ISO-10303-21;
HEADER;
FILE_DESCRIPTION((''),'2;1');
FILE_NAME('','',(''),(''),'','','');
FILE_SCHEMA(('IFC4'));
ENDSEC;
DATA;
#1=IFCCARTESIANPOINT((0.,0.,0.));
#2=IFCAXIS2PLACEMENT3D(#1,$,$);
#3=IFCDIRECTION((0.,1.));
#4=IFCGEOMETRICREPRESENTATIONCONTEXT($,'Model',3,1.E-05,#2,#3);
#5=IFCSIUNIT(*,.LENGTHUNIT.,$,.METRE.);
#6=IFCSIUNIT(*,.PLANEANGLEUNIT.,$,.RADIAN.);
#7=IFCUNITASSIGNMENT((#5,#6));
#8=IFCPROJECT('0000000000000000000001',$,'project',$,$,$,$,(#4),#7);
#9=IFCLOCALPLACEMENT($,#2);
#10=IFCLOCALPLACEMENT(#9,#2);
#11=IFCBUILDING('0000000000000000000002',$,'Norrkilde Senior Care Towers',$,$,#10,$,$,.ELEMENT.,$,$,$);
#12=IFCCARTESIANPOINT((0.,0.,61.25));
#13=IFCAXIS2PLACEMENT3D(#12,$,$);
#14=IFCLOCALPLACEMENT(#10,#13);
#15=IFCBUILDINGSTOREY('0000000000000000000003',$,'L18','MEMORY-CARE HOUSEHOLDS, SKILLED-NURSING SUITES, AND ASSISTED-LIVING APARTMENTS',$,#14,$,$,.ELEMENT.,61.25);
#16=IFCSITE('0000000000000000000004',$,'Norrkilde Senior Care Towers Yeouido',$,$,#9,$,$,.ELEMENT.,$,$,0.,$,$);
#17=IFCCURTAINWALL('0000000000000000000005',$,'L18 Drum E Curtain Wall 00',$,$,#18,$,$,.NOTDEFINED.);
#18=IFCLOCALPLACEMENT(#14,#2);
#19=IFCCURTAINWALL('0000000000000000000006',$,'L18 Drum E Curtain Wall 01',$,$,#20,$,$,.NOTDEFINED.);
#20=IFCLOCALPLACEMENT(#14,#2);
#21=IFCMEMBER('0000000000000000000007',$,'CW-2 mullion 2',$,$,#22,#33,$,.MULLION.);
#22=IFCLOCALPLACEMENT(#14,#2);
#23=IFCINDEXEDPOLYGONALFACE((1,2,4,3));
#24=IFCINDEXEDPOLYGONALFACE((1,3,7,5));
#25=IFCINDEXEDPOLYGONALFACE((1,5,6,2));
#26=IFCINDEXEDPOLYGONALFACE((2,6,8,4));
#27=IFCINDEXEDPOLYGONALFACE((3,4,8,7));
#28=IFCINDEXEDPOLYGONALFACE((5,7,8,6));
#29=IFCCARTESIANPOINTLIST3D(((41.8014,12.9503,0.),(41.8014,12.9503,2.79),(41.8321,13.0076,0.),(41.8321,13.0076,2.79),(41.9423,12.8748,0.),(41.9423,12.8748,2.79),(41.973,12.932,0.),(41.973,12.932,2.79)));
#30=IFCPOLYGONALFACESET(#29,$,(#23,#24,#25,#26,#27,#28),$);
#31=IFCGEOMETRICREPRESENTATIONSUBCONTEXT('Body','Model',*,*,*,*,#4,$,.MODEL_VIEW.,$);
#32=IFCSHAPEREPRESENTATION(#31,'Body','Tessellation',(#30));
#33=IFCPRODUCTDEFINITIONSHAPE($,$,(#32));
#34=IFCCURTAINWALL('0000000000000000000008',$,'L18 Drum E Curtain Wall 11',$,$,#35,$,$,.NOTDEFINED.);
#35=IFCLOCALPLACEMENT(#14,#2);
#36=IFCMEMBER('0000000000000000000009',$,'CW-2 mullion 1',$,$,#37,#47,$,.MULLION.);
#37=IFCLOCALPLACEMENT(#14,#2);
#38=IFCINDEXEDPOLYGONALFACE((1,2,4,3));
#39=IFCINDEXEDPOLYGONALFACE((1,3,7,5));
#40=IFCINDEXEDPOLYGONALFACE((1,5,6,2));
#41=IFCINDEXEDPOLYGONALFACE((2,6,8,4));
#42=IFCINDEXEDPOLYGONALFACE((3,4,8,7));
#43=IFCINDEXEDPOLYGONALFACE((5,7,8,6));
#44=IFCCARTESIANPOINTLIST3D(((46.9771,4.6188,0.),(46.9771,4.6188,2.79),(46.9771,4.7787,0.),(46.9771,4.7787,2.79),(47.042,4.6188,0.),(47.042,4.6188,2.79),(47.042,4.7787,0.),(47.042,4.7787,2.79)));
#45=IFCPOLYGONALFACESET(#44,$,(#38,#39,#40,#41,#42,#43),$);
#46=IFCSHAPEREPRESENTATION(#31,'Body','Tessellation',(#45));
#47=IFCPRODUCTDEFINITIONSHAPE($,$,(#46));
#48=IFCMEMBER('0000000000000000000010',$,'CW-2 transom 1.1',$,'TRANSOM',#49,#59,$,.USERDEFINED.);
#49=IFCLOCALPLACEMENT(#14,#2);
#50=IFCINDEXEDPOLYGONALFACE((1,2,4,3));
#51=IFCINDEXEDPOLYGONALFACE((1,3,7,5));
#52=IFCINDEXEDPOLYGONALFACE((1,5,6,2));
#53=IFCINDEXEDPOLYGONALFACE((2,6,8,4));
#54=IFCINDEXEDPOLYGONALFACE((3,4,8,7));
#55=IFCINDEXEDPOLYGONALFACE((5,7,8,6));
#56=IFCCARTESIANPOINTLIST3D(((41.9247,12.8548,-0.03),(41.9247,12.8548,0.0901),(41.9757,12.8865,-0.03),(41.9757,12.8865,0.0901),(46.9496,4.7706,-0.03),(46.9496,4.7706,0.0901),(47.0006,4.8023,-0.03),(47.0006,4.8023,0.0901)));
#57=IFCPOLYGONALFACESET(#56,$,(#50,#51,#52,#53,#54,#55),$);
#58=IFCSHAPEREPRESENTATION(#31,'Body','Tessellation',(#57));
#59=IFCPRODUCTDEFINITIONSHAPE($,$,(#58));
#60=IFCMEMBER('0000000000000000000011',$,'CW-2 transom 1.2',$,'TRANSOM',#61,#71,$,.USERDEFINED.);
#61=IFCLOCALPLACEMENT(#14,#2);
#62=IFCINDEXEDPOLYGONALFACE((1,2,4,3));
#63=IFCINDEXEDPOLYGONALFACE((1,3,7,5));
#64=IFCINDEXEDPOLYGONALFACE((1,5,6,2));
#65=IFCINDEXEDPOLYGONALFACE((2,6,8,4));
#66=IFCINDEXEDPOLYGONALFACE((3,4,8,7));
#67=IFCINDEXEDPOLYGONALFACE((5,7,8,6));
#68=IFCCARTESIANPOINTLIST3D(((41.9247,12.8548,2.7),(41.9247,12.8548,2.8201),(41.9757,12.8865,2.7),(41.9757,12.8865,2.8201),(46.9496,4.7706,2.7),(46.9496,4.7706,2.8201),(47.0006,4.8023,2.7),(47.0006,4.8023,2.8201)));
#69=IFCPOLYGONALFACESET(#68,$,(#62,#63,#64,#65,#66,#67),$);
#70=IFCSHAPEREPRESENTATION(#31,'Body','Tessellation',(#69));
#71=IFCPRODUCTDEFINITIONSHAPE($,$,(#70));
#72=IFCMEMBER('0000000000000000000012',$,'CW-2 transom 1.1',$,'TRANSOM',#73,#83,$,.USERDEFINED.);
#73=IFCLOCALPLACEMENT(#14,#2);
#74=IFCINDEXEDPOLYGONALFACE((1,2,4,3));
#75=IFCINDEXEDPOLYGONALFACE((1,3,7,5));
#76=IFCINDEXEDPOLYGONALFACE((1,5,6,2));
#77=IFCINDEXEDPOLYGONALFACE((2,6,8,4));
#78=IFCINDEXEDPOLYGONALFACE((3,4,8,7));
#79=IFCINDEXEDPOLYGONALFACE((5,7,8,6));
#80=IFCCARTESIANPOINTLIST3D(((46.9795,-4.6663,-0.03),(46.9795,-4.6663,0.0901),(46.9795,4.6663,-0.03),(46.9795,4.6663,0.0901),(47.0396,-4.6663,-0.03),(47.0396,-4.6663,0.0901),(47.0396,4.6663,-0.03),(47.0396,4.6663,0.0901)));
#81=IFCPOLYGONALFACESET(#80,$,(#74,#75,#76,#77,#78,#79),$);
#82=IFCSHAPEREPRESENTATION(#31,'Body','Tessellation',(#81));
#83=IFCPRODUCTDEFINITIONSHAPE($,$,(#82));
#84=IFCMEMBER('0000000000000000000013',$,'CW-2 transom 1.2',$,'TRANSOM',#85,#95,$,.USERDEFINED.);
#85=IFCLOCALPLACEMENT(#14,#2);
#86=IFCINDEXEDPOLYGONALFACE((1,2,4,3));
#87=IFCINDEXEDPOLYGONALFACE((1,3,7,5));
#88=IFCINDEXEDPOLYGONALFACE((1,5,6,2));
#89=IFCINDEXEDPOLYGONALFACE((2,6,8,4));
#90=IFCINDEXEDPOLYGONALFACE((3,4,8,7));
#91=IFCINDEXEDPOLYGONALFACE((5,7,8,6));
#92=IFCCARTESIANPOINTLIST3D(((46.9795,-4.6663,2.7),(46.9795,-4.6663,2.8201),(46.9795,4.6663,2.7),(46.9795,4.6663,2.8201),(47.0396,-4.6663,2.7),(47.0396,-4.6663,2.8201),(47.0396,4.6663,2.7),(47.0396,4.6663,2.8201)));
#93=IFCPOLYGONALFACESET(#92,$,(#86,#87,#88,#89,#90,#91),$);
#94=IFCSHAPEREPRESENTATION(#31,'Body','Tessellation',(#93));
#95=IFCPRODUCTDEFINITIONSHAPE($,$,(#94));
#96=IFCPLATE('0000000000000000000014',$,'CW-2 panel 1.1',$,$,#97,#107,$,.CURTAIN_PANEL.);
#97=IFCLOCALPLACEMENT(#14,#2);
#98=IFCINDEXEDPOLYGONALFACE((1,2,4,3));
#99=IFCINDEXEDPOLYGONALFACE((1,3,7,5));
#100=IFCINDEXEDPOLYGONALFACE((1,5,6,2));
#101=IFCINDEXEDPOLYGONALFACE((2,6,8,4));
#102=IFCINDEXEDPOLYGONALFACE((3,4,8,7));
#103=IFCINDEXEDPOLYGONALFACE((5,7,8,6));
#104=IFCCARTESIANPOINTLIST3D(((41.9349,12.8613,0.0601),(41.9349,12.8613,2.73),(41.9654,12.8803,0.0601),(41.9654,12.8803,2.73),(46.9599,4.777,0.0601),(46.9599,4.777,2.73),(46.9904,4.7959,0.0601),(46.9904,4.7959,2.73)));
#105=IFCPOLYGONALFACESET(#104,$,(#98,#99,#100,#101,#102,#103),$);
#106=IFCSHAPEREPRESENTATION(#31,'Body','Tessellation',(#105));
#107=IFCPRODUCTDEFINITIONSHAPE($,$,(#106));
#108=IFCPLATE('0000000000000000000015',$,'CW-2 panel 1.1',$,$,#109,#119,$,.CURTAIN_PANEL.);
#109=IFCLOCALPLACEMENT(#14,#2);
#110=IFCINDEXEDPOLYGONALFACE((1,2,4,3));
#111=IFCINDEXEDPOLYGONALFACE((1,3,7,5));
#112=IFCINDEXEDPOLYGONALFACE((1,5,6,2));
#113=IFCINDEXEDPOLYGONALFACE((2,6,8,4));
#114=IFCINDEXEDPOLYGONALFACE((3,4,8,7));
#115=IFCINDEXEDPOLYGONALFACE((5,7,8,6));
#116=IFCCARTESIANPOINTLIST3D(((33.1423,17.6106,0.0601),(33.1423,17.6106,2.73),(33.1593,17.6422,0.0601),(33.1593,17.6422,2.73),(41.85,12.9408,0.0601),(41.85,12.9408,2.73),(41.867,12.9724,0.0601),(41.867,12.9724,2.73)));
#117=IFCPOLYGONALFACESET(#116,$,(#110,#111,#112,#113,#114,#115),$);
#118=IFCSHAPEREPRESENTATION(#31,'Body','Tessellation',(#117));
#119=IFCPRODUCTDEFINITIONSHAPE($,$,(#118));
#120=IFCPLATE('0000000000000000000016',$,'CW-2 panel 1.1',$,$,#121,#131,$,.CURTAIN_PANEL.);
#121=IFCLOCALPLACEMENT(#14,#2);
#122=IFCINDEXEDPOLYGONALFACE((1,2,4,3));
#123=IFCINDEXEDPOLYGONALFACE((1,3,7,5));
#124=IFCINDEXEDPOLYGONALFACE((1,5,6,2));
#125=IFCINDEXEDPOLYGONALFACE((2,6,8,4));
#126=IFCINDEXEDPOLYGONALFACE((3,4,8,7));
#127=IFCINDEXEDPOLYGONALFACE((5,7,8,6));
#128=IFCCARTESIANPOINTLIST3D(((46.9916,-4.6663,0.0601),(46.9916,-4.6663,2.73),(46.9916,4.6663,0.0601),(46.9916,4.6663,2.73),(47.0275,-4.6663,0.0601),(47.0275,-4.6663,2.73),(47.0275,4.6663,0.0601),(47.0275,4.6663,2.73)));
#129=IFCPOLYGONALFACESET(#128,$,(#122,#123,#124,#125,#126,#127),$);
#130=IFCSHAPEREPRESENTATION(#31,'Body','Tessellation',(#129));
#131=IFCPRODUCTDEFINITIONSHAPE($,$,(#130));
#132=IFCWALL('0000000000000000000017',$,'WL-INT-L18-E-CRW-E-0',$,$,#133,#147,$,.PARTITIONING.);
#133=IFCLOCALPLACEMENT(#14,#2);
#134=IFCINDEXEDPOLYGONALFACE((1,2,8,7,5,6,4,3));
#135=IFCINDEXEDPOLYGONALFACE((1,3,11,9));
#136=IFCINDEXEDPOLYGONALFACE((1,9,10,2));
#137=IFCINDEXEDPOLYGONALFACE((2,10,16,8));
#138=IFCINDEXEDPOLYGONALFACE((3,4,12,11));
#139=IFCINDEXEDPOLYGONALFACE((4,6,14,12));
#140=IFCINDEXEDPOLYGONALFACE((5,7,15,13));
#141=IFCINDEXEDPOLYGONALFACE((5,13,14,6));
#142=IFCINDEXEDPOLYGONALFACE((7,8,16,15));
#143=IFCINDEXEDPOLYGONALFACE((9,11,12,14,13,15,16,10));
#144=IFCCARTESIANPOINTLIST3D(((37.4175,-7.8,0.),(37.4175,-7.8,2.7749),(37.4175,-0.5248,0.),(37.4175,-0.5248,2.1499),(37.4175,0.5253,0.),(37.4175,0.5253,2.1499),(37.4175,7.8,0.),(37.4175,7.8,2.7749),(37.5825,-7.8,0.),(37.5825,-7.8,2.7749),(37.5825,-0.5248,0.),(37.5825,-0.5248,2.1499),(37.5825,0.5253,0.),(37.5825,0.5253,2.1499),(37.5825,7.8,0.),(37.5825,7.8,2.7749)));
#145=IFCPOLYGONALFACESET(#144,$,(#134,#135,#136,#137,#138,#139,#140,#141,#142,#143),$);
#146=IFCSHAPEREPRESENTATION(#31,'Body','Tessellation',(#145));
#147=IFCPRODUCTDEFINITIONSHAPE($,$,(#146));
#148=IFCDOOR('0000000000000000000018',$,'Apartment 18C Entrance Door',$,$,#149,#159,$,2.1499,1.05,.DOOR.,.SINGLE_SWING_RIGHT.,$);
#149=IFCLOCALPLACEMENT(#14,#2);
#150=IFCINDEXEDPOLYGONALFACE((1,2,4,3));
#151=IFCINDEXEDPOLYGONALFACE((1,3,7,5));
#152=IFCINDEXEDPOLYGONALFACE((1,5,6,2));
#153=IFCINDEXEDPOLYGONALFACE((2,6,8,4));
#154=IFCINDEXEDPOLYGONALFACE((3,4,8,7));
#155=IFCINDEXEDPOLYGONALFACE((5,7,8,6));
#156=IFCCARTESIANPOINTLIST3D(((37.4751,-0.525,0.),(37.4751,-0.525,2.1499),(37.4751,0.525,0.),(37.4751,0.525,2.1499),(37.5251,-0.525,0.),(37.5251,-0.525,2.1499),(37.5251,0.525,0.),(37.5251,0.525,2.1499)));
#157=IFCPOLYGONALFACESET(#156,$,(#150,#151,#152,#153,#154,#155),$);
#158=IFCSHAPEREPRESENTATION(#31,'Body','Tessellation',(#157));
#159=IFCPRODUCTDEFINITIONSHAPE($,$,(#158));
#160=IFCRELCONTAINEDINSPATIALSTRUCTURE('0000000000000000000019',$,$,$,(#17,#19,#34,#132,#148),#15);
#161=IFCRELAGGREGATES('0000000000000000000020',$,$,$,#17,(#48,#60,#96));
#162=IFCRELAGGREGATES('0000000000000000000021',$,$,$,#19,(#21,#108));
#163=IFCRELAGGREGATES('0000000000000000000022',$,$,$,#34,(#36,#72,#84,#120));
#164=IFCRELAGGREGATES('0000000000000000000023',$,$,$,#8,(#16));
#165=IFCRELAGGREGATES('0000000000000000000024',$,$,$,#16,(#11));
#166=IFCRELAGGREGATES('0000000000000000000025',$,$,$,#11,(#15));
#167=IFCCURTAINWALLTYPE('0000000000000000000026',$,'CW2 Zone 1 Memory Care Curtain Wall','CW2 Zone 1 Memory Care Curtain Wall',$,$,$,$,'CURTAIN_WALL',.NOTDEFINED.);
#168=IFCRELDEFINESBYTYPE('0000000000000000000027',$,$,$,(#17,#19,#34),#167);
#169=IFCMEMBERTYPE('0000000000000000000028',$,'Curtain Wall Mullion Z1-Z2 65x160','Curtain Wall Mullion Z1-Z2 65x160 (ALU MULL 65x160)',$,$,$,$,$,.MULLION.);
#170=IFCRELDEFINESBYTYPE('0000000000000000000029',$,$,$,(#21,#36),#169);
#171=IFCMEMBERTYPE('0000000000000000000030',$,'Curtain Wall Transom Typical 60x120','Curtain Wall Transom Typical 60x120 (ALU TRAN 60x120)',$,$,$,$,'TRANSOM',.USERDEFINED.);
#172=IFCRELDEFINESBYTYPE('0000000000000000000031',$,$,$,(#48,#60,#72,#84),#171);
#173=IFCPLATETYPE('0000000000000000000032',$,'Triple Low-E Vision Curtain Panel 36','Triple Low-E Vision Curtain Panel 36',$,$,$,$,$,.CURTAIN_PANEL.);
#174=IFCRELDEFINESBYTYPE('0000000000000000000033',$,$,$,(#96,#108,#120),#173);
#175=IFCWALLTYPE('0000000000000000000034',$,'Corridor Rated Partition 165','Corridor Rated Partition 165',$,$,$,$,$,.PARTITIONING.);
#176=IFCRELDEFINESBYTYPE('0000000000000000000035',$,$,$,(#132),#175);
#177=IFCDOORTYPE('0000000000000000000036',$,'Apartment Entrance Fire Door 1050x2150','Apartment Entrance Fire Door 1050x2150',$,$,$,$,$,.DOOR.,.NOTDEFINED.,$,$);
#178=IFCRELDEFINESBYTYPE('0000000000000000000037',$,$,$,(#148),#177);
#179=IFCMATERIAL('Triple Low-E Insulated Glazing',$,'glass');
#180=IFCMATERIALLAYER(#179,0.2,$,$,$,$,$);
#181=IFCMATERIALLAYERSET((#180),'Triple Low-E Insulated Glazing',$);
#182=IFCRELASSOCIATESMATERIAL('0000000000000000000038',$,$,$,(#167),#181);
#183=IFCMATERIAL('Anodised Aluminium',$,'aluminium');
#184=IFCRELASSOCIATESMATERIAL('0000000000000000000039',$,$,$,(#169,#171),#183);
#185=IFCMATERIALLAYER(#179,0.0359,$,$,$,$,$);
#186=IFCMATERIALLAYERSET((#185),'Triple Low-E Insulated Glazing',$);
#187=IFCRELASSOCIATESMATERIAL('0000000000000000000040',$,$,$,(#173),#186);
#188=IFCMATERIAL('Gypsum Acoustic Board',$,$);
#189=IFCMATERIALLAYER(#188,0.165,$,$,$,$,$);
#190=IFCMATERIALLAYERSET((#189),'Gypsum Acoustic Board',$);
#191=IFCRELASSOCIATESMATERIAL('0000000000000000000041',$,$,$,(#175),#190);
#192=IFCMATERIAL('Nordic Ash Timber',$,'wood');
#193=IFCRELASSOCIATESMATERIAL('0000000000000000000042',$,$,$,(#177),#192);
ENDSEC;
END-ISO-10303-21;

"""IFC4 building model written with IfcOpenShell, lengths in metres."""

from ifc_helpers import new_model, si_unit, direction, frame, frame_2d, origin, origin_2d, place, context, subcontext, project, spatial, rectangle, extrude, source, transform, mapped, material, layer, layer_set, material_profile, profile_set, type_object, type_shapes, element, fill, aggregate, save


model = new_model("IFC4")

# Units and contexts
model_context = context("Model", 3, precision=1e-05, world=origin(), true_north=direction((0.0, 1.0)))
body_context = subcontext(model_context, "Body", "Model", "MODEL_VIEW")
ifc_project = project(units=[si_unit("LENGTHUNIT", "METRE"), si_unit("PLANEANGLEUNIT", "RADIAN")], contexts=[model_context])

# Site, building, storey
site_placement = place(None, origin())
site = spatial("IfcSite", under=ifc_project, at=site_placement, Name="Norrkilde Senior Care Towers Yeouido", CompositionType="ELEMENT", RefElevation=0.0)
building_placement = place(site_placement, origin())
building = spatial("IfcBuilding", under=site, at=building_placement, Name="Norrkilde Senior Care Towers", CompositionType="ELEMENT")
storey_placement = place(building_placement, frame((0.0, 0.0, 61.25)))
storey = spatial("IfcBuildingStorey", under=building, at=storey_placement, Name="L18", Description="MEMORY-CARE HOUSEHOLDS, SKILLED-NURSING SUITES, AND ASSISTED-LIVING APARTMENTS", CompositionType="ELEMENT", Elevation=61.25)

# Curtain wall
ifc_material_1 = material(Name="Triple Low-E Insulated Glazing", Category="glass")
ifc_layer_1 = layer(ifc_material_1, 0.2)
ifc_layer_set_1 = layer_set([ifc_layer_1], Name="Triple Low-E Insulated Glazing")
curtain_wall_type = type_object("IfcCurtainWallType", Name="CW2 Zone 1 Memory Care Curtain Wall", Description="CW2 Zone 1 Memory Care Curtain Wall", ElementType="CURTAIN_WALL", PredefinedType="NOTDEFINED", material=ifc_layer_set_1)
curtain_wall_1_placement = place(storey_placement, origin())
curtain_wall_1 = element("IfcCurtainWall", 1, at=curtain_wall_1_placement, inside=storey, type_object=curtain_wall_type, Name="L18 Drum E Curtain Wall 00", PredefinedType="NOTDEFINED")
ifc_material_2 = material(Name="Anodised Aluminium", Category="aluminium")
ifc_material_profile_1 = material_profile(ifc_material_2, rectangle(XDim=0.0649, YDim=0.1599, at=origin_2d()), Name="ALU MULL 65x160")
ifc_profile_set_1 = profile_set([ifc_material_profile_1], Name="Anodised Aluminium")
member_type_1 = type_object("IfcMemberType", Name="Curtain Wall Mullion Z1-Z2 65x160", Description="Curtain Wall Mullion Z1-Z2 65x160 (ALU MULL 65x160)", PredefinedType="MULLION", material=ifc_profile_set_1)
shared_shape_1 = source(origin(), body_context, "Body", "SweptSolid", [
    extrude(rectangle(XDim=0.0649, YDim=0.1599, at=origin_2d()), origin(), (0.0, 0.0, 1.0), 2.79),
])
type_shapes(member_type_1, [shared_shape_1])

# Curtain walls, members
curtain_wall_2_placement = place(storey_placement, origin())
curtain_wall_2 = element("IfcCurtainWall", 2, at=curtain_wall_2_placement, inside=storey, type_object=curtain_wall_type, Name="L18 Drum E Curtain Wall 01", PredefinedType="NOTDEFINED")
member_1_placement = place(storey_placement, frame((41.8872, 12.9412, 0.0), z_axis=(0.0, 0.0, 1.0), x_axis=(0.472608, 0.881273, 0.0)))
member_1 = element("IfcMember", 3, at=member_1_placement, type_object=member_type_1, Name="CW-2 mullion 2", PredefinedType="MULLION", context=body_context, shape_type="MappedRepresentation", body=[
    mapped(shared_shape_1, transform((0.0, 0.0, 0.0), x_axis=(1.0, 0.0, 0.0), y_axis=(0.0, 1.0, 0.0), z_axis=(0.0, 0.0, 1.0), scale=1.0)),
])
curtain_wall_3_placement = place(storey_placement, origin())
curtain_wall_3 = element("IfcCurtainWall", 4, at=curtain_wall_3_placement, inside=storey, type_object=curtain_wall_type, Name="L18 Drum E Curtain Wall 11", PredefinedType="NOTDEFINED")
member_2_placement = place(storey_placement, frame((47.0095, 4.6987, 0.0), z_axis=(0.0, 0.0, 1.0), x_axis=(1.0, 0.0, 0.0)))
member_2 = element("IfcMember", 5, at=member_2_placement, type_object=member_type_1, Name="CW-2 mullion 1", PredefinedType="MULLION", context=body_context, shape_type="MappedRepresentation", body=[
    mapped(shared_shape_1, transform((0.0, 0.0, 0.0), x_axis=(1.0, 0.0, 0.0), y_axis=(0.0, 1.0, 0.0), z_axis=(0.0, 0.0, 1.0), scale=1.0)),
])

# Members
ifc_material_profile_2 = material_profile(ifc_material_2, rectangle(XDim=0.0601, YDim=0.1201, at=origin_2d()), Name="ALU TRAN 60x120")
ifc_profile_set_2 = profile_set([ifc_material_profile_2], Name="Anodised Aluminium")
member_type_2 = type_object("IfcMemberType", Name="Curtain Wall Transom Typical 60x120", Description="Curtain Wall Transom Typical 60x120 (ALU TRAN 60x120)", ElementType="TRANSOM", PredefinedType="USERDEFINED", material=ifc_profile_set_2)
shared_shape_2 = source(origin(), body_context, "Body", "SweptSolid", [
    extrude(rectangle(XDim=0.0601, YDim=0.1201, at=origin_2d()), origin(), (0.0, 0.0, 1.0), 9.5186),
])
member_3_placement = place(storey_placement, frame((41.9502, 12.8706, 0.03), z_axis=(0.527902, -0.849306, 0.0), x_axis=(0.849306, 0.527902, 0.0)))
member_3 = element("IfcMember", 6, at=member_3_placement, type_object=member_type_2, Name="CW-2 transom 1.1", ObjectType="TRANSOM", PredefinedType="USERDEFINED", context=body_context, shape_type="MappedRepresentation", body=[
    mapped(shared_shape_2, transform((0.0, 0.0, 0.0), x_axis=(1.0, 0.0, 0.0), y_axis=(0.0, 1.0, 0.0), z_axis=(0.0, 0.0, 1.0), scale=1.0)),
])
member_4_placement = place(storey_placement, frame((41.9502, 12.8706, 2.76), z_axis=(0.527902, -0.849306, 0.0), x_axis=(0.849306, 0.527902, 0.0)))
member_4 = element("IfcMember", 7, at=member_4_placement, type_object=member_type_2, Name="CW-2 transom 1.2", ObjectType="TRANSOM", PredefinedType="USERDEFINED", context=body_context, shape_type="MappedRepresentation", body=[
    mapped(shared_shape_2, transform((0.0, 0.0, 0.0), x_axis=(1.0, 0.0, 0.0), y_axis=(0.0, 1.0, 0.0), z_axis=(0.0, 0.0, 1.0), scale=1.0)),
])
shared_shape_3 = source(origin(), body_context, "Body", "SweptSolid", [
    extrude(rectangle(XDim=0.0601, YDim=0.1201, at=origin_2d()), origin(), (0.0, 0.0, 1.0), 9.3325),
])
type_shapes(member_type_2, [shared_shape_2, shared_shape_3])
member_5_placement = place(storey_placement, frame((47.0095, 4.6663, 0.03), z_axis=(0.0, -1.0, 0.0), x_axis=(1.0, 0.0, 0.0)))
member_5 = element("IfcMember", 8, at=member_5_placement, type_object=member_type_2, Name="CW-2 transom 1.1", ObjectType="TRANSOM", PredefinedType="USERDEFINED", context=body_context, shape_type="MappedRepresentation", body=[
    mapped(shared_shape_3, transform((0.0, 0.0, 0.0), x_axis=(1.0, 0.0, 0.0), y_axis=(0.0, 1.0, 0.0), z_axis=(0.0, 0.0, 1.0), scale=1.0)),
])
member_6_placement = place(storey_placement, frame((47.0095, 4.6663, 2.76), z_axis=(0.0, -1.0, 0.0), x_axis=(1.0, 0.0, 0.0)))
member_6 = element("IfcMember", 9, at=member_6_placement, type_object=member_type_2, Name="CW-2 transom 1.2", ObjectType="TRANSOM", PredefinedType="USERDEFINED", context=body_context, shape_type="MappedRepresentation", body=[
    mapped(shared_shape_3, transform((0.0, 0.0, 0.0), x_axis=(1.0, 0.0, 0.0), y_axis=(0.0, 1.0, 0.0), z_axis=(0.0, 0.0, 1.0), scale=1.0)),
])

# Plates
ifc_layer_2 = layer(ifc_material_1, 0.0359)
ifc_layer_set_2 = layer_set([ifc_layer_2], Name="Triple Low-E Insulated Glazing")
plate_type = type_object("IfcPlateType", Name="Triple Low-E Vision Curtain Panel 36", Description="Triple Low-E Vision Curtain Panel 36", PredefinedType="CURTAIN_PANEL", material=ifc_layer_set_2)
shared_shape_4 = source(origin(), body_context, "Body", "SweptSolid", [
    extrude(rectangle(XDim=9.5188, YDim=0.0359, at=origin_2d()), origin(), (0.0, 0.0, 1.0), 2.6699),
])
plate_1_placement = place(storey_placement, frame((44.4626, 8.8286, 0.0601), z_axis=(0.0, 0.0, 1.0), x_axis=(0.527901, -0.849306, 0.0)))
plate_1 = element("IfcPlate", 10, at=plate_1_placement, type_object=plate_type, Name="CW-2 panel 1.1", PredefinedType="CURTAIN_PANEL", context=body_context, shape_type="MappedRepresentation", body=[
    mapped(shared_shape_4, transform((0.0, 0.0, 0.0), x_axis=(1.0, 0.0, 0.0), y_axis=(0.0, 1.0, 0.0), z_axis=(0.0, 0.0, 1.0), scale=1.0)),
])
aggregate(curtain_wall_1, [member_3, member_4, plate_1])
shared_shape_5 = source(origin(), body_context, "Body", "SweptSolid", [
    extrude(rectangle(XDim=9.8809, YDim=0.0359, at=origin_2d()), origin(), (0.0, 0.0, 1.0), 2.6699),
])
plate_2_placement = place(storey_placement, frame((37.5046, 15.2915, 0.0601), z_axis=(0.0, 0.0, 1.0), x_axis=(0.881273, -0.472608, 0.0)))
plate_2 = element("IfcPlate", 11, at=plate_2_placement, type_object=plate_type, Name="CW-2 panel 1.1", PredefinedType="CURTAIN_PANEL", context=body_context, shape_type="MappedRepresentation", body=[
    mapped(shared_shape_5, transform((0.0, 0.0, 0.0), x_axis=(1.0, 0.0, 0.0), y_axis=(0.0, 1.0, 0.0), z_axis=(0.0, 0.0, 1.0), scale=1.0)),
])
aggregate(curtain_wall_2, [member_1, plate_2])
shared_shape_6 = source(origin(), body_context, "Body", "SweptSolid", [
    extrude(rectangle(XDim=9.3325, YDim=0.0359, at=origin_2d()), origin(), (0.0, 0.0, 1.0), 2.6699),
])
type_shapes(plate_type, [shared_shape_4, shared_shape_5, shared_shape_6])
plate_3_placement = place(storey_placement, frame((47.0095, 0.0, 0.0601), z_axis=(0.0, 0.0, 1.0), x_axis=(0.0, -1.0, 0.0)))
plate_3 = element("IfcPlate", 12, at=plate_3_placement, type_object=plate_type, Name="CW-2 panel 1.1", PredefinedType="CURTAIN_PANEL", context=body_context, shape_type="MappedRepresentation", body=[
    mapped(shared_shape_6, transform((0.0, 0.0, 0.0), x_axis=(1.0, 0.0, 0.0), y_axis=(0.0, 1.0, 0.0), z_axis=(0.0, 0.0, 1.0), scale=1.0)),
])
aggregate(curtain_wall_3, [member_2, member_5, member_6, plate_3])

# Wall, opening, door
ifc_material_3 = material(Name="Gypsum Acoustic Board")
ifc_layer_3 = layer(ifc_material_3, 0.165)
ifc_layer_set_3 = layer_set([ifc_layer_3], Name="Gypsum Acoustic Board")
wall_type_1 = type_object("IfcWallType", Name="Corridor Rated Partition 165", Description="Corridor Rated Partition 165", PredefinedType="PARTITIONING", material=ifc_layer_set_3)
shared_shape_7 = source(origin(), body_context, "Body", "SweptSolid", [
    extrude(rectangle(XDim=15.6001, YDim=0.165, at=frame_2d((7.8, 0.0))), origin(), (0.0, 0.0, 1.0), 2.7749),
])
type_shapes(wall_type_1, [shared_shape_7])
wall_1_placement = place(storey_placement, frame((37.5, 7.8, 0.0), z_axis=(0.0, 0.0, 1.0), x_axis=(0.0, -1.0, 0.0)))
wall_1 = element("IfcWall", 13, at=wall_1_placement, inside=storey, type_object=wall_type_1, Name="WL-INT-L18-E-CRW-E-0", PredefinedType="PARTITIONING", context=body_context, shape_type="MappedRepresentation", body=[
    mapped(shared_shape_7, transform((0.0, 0.0, 0.0), x_axis=(1.0, 0.0, 0.0), y_axis=(0.0, 1.0, 0.0), z_axis=(0.0, 0.0, 1.0), scale=1.0)),
])
opening_1_placement = place(wall_1_placement, frame((7.2749, 0.0, 0.0)))
opening_1 = element("IfcOpeningElement", 14, at=opening_1_placement, cuts=wall_1, PredefinedType="OPENING", context=body_context, shape_type="SweptSolid", body=[
    extrude(rectangle(XDim=1.05, YDim=2.1499, at=frame_2d((0.5249, 1.075))), frame((0.0, 0.0925, 0.0), z_axis=(0.0, -1.0, 0.0), x_axis=(1.0, 0.0, 0.0)), (0.0, 0.0, 1.0), 0.1851),
])
ifc_material_4 = material(Name="Nordic Ash Timber", Category="wood")
door_type_1 = type_object("IfcDoorType", Name="Apartment Entrance Fire Door 1050x2150", Description="Apartment Entrance Fire Door 1050x2150", OperationType="NOTDEFINED", PredefinedType="DOOR", material=ifc_material_4)
shared_shape_8 = source(origin(), body_context, "Body", "SweptSolid", [
    extrude(rectangle(XDim=1.05, YDim=2.1499, at=frame_2d((0.5249, 1.075))), frame((0.0, 0.0249, 0.0), z_axis=(0.0, -1.0, 0.0), x_axis=(1.0, 0.0, 0.0)), (0.0, 0.0, 1.0), 0.05),
])
type_shapes(door_type_1, [shared_shape_8])
door_1_placement = place(opening_1_placement, frame((1.05, 0.0, 0.0), z_axis=(0.0, 0.0, 1.0), x_axis=(-1.0, 0.0, 0.0)))
door_1 = element("IfcDoor", 15, at=door_1_placement, inside=storey, type_object=door_type_1, Name="Apartment 18C Entrance Door", OperationType="SINGLE_SWING_RIGHT", OverallHeight=2.1499, OverallWidth=1.05, PredefinedType="DOOR", context=body_context, shape_type="MappedRepresentation", body=[
    mapped(shared_shape_8, transform((0.0, 0.0, 0.0), x_axis=(1.0, 0.0, 0.0), y_axis=(0.0, 1.0, 0.0), z_axis=(0.0, 0.0, 1.0), scale=1.0)),
])
fill(opening_1, door_1)

save(model, "model.ifc")
